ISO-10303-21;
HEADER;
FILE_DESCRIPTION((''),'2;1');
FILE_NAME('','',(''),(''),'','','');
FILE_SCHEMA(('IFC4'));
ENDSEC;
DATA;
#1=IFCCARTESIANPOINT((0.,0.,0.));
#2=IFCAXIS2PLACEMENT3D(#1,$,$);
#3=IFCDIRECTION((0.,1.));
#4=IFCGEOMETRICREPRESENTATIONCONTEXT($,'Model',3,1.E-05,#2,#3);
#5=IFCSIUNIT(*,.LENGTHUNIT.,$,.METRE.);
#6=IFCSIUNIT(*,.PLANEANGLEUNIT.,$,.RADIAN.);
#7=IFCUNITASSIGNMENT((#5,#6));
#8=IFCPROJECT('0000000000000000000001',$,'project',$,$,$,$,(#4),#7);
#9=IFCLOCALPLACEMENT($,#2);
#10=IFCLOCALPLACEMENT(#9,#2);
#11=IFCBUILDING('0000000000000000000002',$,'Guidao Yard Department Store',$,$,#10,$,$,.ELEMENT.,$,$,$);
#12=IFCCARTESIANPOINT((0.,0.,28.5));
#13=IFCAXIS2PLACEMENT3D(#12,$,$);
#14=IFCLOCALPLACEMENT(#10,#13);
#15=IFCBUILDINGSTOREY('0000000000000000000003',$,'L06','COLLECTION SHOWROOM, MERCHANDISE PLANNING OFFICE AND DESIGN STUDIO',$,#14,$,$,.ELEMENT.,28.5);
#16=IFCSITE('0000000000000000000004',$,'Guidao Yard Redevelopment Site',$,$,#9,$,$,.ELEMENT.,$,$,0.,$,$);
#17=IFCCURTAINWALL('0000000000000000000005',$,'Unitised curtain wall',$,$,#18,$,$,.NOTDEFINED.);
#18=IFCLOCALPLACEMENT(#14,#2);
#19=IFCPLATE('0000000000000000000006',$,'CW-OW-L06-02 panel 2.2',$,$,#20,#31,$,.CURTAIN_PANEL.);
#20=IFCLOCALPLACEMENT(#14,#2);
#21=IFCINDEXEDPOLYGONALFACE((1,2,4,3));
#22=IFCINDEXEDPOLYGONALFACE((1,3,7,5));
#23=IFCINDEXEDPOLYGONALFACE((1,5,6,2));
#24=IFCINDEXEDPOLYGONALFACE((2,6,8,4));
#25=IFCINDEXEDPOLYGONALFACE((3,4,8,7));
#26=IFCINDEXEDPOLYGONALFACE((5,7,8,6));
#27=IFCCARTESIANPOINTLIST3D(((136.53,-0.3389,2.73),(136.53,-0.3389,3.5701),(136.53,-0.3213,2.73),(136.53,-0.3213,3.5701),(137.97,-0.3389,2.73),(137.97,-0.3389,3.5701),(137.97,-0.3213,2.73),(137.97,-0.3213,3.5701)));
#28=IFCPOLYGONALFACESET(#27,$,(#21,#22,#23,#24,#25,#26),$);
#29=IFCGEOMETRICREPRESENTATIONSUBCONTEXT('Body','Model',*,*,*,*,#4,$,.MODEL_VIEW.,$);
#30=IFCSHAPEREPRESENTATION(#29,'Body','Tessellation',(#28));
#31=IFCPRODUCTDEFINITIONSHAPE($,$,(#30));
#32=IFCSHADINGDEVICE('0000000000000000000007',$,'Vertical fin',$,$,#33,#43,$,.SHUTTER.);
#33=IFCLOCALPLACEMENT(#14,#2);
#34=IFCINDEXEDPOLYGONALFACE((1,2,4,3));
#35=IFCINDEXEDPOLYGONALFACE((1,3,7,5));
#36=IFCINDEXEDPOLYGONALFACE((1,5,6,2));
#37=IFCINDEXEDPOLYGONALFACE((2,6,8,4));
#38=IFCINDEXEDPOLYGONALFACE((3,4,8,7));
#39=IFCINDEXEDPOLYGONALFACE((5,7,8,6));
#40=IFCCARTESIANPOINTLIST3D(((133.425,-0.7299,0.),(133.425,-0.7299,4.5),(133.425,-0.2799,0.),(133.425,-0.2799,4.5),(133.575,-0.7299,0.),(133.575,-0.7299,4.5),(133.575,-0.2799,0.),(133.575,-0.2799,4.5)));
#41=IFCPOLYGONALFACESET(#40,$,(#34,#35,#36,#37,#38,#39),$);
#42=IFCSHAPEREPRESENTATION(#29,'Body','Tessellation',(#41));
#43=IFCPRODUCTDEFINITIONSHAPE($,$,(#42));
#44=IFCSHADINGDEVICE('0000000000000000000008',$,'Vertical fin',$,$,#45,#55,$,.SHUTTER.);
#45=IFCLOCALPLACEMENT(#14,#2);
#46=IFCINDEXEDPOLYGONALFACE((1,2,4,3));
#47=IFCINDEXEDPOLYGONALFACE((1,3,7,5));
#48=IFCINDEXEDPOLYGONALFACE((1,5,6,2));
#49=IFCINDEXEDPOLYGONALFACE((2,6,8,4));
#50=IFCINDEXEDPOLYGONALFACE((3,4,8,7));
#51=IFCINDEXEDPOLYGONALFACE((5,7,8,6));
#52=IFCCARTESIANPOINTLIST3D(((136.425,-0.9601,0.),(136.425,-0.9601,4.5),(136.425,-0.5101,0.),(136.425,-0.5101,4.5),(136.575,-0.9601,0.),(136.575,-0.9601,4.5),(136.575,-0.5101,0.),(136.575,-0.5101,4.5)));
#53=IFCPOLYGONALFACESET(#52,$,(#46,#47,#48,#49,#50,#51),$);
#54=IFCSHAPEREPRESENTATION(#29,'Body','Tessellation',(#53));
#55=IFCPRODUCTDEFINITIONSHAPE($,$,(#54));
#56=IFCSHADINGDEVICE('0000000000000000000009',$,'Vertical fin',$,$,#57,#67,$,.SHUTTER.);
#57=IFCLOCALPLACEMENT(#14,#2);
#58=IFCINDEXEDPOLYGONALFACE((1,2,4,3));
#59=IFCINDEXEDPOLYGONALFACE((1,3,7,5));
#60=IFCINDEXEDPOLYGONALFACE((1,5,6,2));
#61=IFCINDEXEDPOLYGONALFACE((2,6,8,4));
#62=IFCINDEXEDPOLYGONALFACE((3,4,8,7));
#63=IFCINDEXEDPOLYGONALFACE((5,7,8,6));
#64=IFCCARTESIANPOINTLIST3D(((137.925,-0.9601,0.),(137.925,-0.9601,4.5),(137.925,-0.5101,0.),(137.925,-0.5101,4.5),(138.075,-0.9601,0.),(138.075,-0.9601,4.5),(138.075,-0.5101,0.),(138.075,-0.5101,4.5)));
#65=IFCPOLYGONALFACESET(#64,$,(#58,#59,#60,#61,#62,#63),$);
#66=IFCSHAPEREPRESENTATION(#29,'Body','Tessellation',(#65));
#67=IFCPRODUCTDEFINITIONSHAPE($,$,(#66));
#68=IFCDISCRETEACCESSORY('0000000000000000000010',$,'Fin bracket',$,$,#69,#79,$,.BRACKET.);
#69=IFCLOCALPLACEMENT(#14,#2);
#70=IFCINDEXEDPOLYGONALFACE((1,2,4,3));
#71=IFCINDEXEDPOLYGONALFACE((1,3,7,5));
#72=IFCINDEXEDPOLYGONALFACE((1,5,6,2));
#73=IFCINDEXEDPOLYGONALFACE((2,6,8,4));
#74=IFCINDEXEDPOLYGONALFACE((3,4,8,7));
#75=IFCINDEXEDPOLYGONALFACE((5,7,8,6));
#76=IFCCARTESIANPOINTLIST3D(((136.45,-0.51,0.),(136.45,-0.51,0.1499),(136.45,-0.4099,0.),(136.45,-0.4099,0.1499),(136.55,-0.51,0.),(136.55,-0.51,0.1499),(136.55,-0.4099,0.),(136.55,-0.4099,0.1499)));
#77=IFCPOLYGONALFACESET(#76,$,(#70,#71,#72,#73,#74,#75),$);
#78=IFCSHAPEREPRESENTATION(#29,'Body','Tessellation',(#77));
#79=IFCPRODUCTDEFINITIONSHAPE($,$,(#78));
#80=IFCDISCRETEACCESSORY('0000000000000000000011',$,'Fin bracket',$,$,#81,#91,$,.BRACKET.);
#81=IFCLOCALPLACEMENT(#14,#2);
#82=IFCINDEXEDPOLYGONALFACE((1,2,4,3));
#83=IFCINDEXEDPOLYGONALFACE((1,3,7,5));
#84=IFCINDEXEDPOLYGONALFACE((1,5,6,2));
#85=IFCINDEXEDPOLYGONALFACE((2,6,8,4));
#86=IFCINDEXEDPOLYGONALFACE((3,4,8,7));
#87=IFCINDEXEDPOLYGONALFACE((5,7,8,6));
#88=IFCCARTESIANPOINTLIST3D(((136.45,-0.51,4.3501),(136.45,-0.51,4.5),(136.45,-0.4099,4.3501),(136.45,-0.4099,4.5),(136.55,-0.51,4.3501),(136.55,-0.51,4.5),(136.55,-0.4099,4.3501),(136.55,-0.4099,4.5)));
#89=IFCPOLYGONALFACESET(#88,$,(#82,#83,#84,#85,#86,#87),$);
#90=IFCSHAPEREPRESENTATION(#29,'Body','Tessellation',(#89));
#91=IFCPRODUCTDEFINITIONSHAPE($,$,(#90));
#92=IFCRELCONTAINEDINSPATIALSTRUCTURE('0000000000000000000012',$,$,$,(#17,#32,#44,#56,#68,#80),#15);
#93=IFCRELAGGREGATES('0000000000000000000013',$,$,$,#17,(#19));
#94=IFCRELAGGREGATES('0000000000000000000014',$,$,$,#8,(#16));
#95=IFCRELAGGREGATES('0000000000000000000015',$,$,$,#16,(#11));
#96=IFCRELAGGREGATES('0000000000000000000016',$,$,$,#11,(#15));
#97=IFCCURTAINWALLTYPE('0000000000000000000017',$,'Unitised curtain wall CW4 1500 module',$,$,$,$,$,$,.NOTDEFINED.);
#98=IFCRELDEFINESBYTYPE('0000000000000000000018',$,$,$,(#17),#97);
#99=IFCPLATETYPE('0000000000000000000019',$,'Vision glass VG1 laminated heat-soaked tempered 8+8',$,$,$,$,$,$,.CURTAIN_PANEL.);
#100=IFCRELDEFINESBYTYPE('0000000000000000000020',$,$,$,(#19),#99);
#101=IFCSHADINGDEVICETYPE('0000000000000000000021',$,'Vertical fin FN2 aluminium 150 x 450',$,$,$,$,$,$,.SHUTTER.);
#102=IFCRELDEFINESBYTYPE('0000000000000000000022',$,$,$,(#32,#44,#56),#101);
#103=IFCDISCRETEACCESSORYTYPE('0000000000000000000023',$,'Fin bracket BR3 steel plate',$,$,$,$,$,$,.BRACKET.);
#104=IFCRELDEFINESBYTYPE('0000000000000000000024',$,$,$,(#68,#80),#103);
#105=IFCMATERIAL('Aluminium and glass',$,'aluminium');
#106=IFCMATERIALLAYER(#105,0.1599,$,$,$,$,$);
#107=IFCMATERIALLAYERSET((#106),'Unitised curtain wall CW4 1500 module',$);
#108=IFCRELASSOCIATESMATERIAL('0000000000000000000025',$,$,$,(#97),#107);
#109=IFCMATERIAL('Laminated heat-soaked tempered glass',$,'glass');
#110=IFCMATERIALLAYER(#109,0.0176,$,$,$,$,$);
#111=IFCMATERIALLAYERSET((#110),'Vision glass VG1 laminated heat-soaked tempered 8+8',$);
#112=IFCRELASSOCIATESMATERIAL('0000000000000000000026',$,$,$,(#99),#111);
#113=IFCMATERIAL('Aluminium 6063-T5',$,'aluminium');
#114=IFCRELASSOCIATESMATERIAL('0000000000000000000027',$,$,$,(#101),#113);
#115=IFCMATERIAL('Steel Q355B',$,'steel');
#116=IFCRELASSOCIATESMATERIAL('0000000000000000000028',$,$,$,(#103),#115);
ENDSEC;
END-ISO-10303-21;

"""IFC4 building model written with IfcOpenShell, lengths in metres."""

from ifc_helpers import new_model, si_unit, direction, frame, origin, origin_2d, place, context, subcontext, project, spatial, rectangle, extrude, material, layer, layer_set, type_object, element, aggregate, save


model = new_model("IFC4")

# Units and contexts
model_context = context("Model", 3, precision=1e-05, world=origin(), true_north=direction((0.0, 1.0)))
body_context = subcontext(model_context, "Body", "Model", "MODEL_VIEW")
ifc_project = project(units=[si_unit("LENGTHUNIT", "METRE"), si_unit("PLANEANGLEUNIT", "RADIAN")], contexts=[model_context])

# Site, building, storey
site_placement = place(None, origin())
site = spatial("IfcSite", under=ifc_project, at=site_placement, Name="Guidao Yard Redevelopment Site", CompositionType="ELEMENT", RefElevation=0.0)
building_placement = place(site_placement, origin())
building = spatial("IfcBuilding", under=site, at=building_placement, Name="Guidao Yard Department Store", CompositionType="ELEMENT")
storey_placement = place(building_placement, frame((0.0, 0.0, 28.5)))
storey = spatial("IfcBuildingStorey", under=building, at=storey_placement, Name="L06", Description="COLLECTION SHOWROOM, MERCHANDISE PLANNING OFFICE AND DESIGN STUDIO", CompositionType="ELEMENT", Elevation=28.5)

# Curtain wall, plate
ifc_material_1 = material(Name="Aluminium and glass", Category="aluminium")
ifc_layer_1 = layer(ifc_material_1, 0.1599)
ifc_layer_set_1 = layer_set([ifc_layer_1], Name="Unitised curtain wall CW4 1500 module")
curtain_wall_type = type_object("IfcCurtainWallType", Name="Unitised curtain wall CW4 1500 module", PredefinedType="NOTDEFINED", material=ifc_layer_set_1)
curtain_wall_placement = place(storey_placement, origin())
curtain_wall = element("IfcCurtainWall", 1, at=curtain_wall_placement, inside=storey, type_object=curtain_wall_type, Name="Unitised curtain wall", PredefinedType="NOTDEFINED")
ifc_material_2 = material(Name="Laminated heat-soaked tempered glass", Category="glass")
ifc_layer_2 = layer(ifc_material_2, 0.0176)
ifc_layer_set_2 = layer_set([ifc_layer_2], Name="Vision glass VG1 laminated heat-soaked tempered 8+8")
plate_type_1 = type_object("IfcPlateType", Name="Vision glass VG1 laminated heat-soaked tempered 8+8", PredefinedType="CURTAIN_PANEL", material=ifc_layer_set_2)
plate_1_placement = place(storey_placement, frame((137.25, -0.3301, 2.73), z_axis=(0.0, 0.0, 1.0), x_axis=(-1.0, 0.0, 0.0)))
plate_1 = element("IfcPlate", 2, at=plate_1_placement, type_object=plate_type_1, Name="CW-OW-L06-02 panel 2.2", PredefinedType="CURTAIN_PANEL", context=body_context, shape_type="SweptSolid", body=[
    extrude(rectangle(XDim=1.4399, YDim=0.0176, at=origin_2d()), origin(), (0.0, 0.0, 1.0), 0.8401),
])
aggregate(curtain_wall, [plate_1])

# Shading devices
ifc_material_3 = material(Name="Aluminium 6063-T5", Category="aluminium")
shading_device_type = type_object("IfcShadingDeviceType", Name="Vertical fin FN2 aluminium 150 x 450", PredefinedType="SHUTTER", material=ifc_material_3)
for number, where, z_axis, x_axis, name in (
    (3, (133.5, -0.5049, 0.0), (0.0, 0.0, 1.0), (-1.0, 0.0, 0.0), "Vertical fin"),
    (4, (136.5, -0.7351, 0.0), (0.0, 0.0, 1.0), (-1.0, 0.0, 0.0), "Vertical fin"),
    (5, (138.0, -0.7351, 0.0), (0.0, 0.0, 1.0), (-1.0, 0.0, 0.0), "Vertical fin"),
):
    element("IfcShadingDevice", number, at=place(storey_placement, frame(where, z_axis=z_axis, x_axis=x_axis)), inside=storey, type_object=shading_device_type, Name=name, PredefinedType="SHUTTER", context=body_context, shape_type="SweptSolid", body=[
        extrude(rectangle(XDim=0.1499, YDim=0.45, at=origin_2d()), origin(), (0.0, 0.0, 1.0), 4.5),
    ])

# Discrete accessories
ifc_material_4 = material(Name="Steel Q355B", Category="steel")
discrete_accessory_type = type_object("IfcDiscreteAccessoryType", Name="Fin bracket BR3 steel plate", PredefinedType="BRACKET", material=ifc_material_4)
for number, where, z_axis, x_axis, name in (
    (6, (136.5, -0.46, 0.0), (0.0, 0.0, 1.0), (-1.0, 0.0, 0.0), "Fin bracket"),
    (7, (136.5, -0.46, 4.3501), (0.0, 0.0, 1.0), (-1.0, 0.0, 0.0), "Fin bracket"),
):
    element("IfcDiscreteAccessory", number, at=place(storey_placement, frame(where, z_axis=z_axis, x_axis=x_axis)), inside=storey, type_object=discrete_accessory_type, Name=name, PredefinedType="BRACKET", context=body_context, shape_type="SweptSolid", body=[
        extrude(rectangle(XDim=0.1001, YDim=0.1001, at=origin_2d()), origin(), (0.0, 0.0, 1.0), 0.1499),
    ])

save(model, "model.ifc")
